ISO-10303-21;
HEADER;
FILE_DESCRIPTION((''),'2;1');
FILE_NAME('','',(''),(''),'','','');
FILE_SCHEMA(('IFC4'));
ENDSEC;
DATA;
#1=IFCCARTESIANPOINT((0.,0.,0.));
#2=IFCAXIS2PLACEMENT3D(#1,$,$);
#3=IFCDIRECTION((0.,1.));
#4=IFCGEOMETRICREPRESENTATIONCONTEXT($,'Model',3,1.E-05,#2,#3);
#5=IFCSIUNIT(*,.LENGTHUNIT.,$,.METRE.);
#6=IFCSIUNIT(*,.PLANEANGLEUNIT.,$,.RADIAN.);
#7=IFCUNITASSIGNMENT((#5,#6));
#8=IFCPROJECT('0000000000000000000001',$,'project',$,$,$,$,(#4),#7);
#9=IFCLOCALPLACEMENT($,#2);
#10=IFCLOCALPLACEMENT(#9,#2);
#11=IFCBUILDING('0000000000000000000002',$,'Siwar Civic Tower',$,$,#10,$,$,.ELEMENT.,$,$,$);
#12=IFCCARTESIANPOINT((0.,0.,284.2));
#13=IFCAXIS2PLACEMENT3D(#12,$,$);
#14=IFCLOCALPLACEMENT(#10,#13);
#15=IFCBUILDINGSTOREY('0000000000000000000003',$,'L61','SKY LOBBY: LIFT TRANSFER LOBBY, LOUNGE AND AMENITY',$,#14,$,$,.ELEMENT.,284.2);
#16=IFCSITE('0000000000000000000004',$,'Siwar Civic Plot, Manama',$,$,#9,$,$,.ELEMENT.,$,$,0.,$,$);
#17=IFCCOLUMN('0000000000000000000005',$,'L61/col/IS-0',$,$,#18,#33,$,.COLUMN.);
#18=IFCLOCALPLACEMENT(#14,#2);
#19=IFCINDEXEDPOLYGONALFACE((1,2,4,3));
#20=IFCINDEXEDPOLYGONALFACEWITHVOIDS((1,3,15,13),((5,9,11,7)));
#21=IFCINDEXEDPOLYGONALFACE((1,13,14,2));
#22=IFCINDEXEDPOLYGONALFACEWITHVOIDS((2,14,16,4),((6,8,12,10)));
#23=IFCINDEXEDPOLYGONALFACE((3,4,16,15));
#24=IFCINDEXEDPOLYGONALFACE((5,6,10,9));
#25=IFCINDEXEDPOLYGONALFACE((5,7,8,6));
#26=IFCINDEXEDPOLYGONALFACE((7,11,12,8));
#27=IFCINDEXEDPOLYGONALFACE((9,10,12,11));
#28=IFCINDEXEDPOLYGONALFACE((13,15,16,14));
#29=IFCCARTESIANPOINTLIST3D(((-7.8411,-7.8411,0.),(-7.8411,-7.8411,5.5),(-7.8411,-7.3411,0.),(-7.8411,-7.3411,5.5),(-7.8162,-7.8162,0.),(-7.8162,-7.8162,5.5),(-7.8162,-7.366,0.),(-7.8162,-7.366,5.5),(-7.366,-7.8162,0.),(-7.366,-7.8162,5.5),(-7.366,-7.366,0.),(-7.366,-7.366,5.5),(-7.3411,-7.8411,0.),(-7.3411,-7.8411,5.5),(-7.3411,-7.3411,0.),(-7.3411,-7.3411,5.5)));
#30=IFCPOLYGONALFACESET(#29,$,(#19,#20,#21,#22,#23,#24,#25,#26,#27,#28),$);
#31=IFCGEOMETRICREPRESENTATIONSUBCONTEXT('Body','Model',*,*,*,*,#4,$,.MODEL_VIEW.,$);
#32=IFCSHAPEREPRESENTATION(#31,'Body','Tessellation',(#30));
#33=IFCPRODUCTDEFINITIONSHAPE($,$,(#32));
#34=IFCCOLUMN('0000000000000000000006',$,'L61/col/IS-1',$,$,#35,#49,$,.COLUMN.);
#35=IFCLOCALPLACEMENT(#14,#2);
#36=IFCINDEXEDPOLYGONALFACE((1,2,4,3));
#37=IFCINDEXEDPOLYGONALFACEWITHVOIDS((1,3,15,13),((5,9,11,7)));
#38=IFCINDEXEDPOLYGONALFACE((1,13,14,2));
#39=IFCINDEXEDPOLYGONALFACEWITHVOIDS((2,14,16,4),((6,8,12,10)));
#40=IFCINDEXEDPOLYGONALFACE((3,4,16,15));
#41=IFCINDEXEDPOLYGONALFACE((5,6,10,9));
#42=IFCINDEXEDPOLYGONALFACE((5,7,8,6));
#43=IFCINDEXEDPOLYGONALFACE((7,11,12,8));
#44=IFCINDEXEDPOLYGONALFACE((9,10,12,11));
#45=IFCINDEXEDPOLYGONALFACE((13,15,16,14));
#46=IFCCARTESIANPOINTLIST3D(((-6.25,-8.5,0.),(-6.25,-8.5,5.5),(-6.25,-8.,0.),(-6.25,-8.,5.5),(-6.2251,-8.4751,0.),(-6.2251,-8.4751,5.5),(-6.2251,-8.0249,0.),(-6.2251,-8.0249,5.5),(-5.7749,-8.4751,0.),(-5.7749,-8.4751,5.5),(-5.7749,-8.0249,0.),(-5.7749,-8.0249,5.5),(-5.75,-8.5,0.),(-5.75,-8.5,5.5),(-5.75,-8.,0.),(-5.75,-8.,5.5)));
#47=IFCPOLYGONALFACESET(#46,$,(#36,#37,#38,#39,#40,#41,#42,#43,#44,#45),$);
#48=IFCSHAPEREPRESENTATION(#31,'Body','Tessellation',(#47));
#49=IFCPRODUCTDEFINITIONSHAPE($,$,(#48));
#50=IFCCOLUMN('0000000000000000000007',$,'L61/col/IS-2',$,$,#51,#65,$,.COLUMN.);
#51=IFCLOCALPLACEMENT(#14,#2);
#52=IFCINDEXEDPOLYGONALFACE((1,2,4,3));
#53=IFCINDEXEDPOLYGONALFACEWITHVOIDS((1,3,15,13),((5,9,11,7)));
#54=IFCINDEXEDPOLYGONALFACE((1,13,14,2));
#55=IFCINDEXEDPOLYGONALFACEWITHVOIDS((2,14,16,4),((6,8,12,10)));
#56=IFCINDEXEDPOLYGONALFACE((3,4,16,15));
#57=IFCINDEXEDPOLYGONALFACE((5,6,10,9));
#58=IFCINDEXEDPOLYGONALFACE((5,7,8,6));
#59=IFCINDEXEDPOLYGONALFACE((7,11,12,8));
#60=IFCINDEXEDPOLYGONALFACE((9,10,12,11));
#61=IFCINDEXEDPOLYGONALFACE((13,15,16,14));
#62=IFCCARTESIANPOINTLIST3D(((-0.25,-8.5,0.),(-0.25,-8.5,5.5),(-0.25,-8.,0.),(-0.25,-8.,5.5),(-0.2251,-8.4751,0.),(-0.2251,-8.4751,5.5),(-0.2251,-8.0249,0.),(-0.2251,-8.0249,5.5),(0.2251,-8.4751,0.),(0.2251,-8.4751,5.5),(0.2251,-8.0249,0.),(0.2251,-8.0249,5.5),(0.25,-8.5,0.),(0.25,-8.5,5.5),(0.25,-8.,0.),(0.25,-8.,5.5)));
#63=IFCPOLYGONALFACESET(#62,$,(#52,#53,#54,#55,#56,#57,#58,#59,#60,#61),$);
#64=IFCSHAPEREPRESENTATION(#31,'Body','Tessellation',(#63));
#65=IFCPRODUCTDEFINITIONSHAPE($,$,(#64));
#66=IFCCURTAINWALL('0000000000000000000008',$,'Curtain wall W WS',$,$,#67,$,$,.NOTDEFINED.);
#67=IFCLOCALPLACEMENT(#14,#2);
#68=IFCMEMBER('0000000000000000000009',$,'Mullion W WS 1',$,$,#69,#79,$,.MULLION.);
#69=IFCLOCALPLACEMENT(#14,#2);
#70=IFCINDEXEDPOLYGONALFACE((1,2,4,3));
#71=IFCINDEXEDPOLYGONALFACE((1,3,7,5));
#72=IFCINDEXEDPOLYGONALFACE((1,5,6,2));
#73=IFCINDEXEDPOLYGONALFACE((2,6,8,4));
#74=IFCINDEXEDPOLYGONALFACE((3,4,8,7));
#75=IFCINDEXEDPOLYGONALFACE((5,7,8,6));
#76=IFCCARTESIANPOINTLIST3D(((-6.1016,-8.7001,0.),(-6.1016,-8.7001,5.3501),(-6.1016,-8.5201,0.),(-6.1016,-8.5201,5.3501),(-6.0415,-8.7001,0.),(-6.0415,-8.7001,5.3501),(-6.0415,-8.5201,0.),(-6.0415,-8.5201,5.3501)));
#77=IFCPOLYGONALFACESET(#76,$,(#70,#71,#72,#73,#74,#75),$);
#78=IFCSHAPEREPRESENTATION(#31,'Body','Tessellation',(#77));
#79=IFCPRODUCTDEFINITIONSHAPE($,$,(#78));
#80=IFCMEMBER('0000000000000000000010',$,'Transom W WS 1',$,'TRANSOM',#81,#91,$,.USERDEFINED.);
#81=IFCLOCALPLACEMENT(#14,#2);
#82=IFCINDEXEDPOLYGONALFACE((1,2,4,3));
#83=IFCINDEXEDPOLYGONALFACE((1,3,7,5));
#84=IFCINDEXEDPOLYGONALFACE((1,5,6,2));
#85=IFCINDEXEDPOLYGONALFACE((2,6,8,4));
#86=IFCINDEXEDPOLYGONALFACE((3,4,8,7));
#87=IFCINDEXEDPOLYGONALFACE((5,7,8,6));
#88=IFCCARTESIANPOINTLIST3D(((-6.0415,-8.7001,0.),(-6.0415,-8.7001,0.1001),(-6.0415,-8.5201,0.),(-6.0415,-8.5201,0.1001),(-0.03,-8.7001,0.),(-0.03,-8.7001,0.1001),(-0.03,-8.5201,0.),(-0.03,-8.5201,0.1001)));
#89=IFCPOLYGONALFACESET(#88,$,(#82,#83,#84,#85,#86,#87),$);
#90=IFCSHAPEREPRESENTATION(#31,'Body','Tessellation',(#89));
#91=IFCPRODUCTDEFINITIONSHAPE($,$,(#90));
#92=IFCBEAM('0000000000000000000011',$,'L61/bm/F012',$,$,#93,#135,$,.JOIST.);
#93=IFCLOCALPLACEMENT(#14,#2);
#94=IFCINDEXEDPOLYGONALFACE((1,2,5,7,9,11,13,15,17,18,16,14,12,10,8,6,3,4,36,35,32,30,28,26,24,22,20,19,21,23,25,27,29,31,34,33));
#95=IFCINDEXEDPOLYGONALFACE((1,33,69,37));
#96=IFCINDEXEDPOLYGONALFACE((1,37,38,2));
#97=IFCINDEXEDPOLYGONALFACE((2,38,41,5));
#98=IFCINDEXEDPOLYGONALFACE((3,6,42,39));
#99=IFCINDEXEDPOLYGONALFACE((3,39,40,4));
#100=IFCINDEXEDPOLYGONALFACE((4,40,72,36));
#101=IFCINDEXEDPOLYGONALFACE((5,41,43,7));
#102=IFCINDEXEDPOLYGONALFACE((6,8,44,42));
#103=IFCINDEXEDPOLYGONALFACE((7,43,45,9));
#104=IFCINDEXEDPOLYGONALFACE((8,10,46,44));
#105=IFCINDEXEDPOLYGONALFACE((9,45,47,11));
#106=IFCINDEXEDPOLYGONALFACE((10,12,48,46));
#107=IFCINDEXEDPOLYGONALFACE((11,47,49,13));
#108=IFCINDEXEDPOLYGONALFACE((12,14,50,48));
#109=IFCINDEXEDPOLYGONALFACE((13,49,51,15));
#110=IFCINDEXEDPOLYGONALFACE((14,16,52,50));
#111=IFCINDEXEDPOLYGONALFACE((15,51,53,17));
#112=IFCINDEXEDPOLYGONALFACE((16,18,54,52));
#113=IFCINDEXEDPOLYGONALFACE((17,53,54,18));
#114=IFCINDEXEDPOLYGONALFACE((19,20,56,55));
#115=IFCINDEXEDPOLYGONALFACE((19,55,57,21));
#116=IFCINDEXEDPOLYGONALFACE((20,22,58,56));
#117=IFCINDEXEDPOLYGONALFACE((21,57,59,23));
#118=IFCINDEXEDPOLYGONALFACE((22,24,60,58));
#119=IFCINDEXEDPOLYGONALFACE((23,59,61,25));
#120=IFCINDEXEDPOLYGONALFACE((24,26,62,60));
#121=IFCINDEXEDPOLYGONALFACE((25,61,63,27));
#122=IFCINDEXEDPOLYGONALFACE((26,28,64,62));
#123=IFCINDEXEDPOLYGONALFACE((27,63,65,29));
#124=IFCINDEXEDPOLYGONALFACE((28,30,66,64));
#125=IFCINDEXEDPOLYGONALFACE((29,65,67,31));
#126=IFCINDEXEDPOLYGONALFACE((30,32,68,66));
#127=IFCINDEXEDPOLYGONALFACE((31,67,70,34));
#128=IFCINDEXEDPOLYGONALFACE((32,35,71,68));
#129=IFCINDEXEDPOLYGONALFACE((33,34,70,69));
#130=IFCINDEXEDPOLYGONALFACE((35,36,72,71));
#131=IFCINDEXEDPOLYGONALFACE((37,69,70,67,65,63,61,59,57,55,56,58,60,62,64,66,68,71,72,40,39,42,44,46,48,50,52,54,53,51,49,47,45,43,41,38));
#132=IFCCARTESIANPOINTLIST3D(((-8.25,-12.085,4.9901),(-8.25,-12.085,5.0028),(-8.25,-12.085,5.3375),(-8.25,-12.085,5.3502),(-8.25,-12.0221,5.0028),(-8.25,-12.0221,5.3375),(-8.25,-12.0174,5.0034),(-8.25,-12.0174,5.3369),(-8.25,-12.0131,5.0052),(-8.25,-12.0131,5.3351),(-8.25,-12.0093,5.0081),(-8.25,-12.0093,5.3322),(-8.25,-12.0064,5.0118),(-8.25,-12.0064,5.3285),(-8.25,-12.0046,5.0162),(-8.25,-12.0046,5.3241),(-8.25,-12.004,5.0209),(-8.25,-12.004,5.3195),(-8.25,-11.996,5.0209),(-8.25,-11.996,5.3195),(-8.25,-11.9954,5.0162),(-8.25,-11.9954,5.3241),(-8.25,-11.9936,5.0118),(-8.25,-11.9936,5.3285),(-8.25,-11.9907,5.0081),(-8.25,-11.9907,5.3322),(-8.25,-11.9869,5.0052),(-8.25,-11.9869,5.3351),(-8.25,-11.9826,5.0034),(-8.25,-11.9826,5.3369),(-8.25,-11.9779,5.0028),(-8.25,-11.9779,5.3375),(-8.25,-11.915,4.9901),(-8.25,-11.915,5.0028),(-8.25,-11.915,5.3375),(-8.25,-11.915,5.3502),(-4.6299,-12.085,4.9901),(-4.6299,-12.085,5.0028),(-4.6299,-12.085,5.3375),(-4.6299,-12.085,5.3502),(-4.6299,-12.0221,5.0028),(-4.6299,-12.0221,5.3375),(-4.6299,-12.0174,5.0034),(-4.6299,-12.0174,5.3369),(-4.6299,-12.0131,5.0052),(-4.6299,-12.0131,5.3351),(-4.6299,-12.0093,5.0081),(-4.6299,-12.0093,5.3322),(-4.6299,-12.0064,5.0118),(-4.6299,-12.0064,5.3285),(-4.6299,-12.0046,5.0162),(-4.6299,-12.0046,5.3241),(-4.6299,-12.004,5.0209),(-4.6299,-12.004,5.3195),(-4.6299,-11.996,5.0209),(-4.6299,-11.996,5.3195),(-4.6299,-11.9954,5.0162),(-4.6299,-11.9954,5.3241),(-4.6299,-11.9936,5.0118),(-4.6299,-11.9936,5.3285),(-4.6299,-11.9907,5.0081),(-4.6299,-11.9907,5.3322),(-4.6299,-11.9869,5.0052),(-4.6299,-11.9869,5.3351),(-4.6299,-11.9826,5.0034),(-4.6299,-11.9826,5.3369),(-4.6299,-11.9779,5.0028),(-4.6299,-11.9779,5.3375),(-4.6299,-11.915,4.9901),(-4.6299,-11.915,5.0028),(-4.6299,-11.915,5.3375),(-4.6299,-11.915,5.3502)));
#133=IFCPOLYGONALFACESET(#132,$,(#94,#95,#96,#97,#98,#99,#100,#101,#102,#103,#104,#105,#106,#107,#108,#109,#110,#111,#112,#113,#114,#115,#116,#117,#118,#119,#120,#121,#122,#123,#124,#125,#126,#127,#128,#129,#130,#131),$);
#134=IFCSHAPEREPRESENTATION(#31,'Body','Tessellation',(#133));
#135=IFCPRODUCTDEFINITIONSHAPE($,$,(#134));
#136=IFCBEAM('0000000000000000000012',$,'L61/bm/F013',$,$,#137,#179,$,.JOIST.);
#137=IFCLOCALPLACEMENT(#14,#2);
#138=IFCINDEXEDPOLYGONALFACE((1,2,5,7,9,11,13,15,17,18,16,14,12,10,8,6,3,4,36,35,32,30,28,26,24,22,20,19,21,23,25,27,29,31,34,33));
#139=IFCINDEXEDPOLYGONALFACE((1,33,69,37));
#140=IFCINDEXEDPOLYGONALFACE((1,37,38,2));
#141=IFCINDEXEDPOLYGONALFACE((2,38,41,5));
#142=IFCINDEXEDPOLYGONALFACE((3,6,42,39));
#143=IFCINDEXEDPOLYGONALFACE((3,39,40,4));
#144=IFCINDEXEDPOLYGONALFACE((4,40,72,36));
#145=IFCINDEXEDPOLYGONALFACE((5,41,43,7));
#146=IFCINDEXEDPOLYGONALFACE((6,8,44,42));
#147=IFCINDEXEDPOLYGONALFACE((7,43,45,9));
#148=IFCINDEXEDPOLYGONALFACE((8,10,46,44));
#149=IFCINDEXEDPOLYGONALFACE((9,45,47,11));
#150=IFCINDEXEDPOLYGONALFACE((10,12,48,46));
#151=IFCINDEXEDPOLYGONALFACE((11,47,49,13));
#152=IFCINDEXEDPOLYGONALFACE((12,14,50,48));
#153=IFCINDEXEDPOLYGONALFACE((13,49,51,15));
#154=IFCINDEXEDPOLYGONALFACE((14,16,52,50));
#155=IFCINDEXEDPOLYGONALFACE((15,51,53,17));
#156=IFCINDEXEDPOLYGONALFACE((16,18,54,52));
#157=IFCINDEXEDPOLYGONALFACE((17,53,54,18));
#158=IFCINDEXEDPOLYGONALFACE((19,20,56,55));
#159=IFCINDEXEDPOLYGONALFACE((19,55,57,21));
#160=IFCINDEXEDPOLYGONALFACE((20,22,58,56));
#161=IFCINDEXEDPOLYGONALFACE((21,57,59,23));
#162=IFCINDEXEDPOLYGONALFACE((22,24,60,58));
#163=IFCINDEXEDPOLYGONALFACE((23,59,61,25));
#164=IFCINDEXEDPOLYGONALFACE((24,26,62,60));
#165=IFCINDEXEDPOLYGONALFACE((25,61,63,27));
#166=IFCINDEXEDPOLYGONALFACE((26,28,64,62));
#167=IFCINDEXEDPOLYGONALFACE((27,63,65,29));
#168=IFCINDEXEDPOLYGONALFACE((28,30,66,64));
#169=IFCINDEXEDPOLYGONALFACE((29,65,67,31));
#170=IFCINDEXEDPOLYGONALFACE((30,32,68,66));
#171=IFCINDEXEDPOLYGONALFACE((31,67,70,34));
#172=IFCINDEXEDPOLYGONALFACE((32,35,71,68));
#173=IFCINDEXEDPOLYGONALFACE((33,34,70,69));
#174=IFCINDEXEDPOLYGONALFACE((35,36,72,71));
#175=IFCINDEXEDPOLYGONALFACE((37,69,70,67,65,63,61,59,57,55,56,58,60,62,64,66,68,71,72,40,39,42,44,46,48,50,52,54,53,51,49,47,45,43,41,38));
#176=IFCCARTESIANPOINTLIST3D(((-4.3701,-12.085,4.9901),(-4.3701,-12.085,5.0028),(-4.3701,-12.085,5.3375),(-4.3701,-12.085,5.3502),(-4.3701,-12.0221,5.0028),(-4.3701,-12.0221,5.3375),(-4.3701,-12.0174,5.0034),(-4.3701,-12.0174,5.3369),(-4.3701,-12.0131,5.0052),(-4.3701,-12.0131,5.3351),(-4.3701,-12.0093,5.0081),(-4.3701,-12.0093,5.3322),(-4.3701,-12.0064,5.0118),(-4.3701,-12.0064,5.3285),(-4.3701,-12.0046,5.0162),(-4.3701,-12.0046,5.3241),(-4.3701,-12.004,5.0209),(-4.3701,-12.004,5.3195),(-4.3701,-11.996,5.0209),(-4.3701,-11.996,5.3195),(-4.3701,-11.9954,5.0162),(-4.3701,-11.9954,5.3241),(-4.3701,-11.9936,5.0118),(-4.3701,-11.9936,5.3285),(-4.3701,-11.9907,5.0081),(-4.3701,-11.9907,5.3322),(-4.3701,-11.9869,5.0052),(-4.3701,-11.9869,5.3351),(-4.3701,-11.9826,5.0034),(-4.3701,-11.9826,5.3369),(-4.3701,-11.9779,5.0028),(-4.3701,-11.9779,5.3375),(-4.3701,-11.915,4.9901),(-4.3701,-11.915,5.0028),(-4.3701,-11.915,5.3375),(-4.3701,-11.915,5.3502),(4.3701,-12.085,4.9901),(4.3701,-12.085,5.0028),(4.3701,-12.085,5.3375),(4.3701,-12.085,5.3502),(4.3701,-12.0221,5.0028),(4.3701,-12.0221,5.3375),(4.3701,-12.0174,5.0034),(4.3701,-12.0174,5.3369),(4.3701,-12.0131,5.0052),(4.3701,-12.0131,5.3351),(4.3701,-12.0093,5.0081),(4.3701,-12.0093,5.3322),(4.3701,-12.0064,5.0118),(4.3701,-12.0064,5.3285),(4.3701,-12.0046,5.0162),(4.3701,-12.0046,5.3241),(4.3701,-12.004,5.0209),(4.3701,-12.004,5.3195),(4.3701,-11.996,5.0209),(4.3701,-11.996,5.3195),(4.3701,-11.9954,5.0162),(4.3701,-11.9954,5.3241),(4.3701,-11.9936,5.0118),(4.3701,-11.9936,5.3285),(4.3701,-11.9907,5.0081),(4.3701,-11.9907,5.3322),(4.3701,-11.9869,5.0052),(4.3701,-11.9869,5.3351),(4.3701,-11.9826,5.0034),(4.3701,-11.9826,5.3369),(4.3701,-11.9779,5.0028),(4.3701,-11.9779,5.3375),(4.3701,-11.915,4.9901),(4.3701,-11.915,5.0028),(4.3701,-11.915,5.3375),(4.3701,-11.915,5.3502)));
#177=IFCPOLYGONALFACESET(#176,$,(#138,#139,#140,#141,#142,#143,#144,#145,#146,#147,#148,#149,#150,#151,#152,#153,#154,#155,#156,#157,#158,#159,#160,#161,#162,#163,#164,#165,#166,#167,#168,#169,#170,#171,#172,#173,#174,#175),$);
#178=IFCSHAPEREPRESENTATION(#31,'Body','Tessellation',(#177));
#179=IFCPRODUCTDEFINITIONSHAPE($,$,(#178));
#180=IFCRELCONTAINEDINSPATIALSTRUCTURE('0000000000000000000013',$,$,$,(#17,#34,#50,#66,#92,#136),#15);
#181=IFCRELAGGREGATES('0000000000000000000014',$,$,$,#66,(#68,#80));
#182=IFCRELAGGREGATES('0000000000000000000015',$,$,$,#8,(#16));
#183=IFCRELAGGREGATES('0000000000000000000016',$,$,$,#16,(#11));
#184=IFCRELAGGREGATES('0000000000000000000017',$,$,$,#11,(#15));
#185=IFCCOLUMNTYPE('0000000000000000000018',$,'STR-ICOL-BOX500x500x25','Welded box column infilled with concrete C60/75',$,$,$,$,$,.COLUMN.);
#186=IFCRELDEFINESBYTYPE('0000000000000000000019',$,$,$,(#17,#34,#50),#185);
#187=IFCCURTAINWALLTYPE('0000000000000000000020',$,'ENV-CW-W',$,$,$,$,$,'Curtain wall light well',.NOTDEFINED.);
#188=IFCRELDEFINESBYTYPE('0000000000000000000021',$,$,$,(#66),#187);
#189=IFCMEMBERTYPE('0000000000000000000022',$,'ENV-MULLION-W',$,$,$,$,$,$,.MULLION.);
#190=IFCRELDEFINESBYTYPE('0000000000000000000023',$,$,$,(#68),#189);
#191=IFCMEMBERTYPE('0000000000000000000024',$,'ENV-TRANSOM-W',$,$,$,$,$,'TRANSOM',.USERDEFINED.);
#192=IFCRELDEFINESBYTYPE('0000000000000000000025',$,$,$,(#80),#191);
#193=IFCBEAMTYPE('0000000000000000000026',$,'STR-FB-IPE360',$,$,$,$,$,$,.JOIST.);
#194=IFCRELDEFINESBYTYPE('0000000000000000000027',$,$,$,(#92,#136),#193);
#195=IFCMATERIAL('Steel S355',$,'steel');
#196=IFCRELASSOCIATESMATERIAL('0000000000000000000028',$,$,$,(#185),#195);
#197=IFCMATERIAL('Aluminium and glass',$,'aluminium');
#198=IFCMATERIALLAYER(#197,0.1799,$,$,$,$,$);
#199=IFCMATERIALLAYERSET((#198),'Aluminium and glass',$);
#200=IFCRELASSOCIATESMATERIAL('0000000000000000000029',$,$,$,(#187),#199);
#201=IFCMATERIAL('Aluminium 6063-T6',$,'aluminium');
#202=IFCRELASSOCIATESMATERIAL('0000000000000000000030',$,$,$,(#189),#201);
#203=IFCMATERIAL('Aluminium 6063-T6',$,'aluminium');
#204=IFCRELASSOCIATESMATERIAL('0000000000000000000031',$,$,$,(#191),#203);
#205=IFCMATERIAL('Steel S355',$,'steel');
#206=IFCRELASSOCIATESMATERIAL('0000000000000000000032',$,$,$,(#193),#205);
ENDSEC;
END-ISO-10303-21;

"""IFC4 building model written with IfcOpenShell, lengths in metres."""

from ifc_helpers import new_model, si_unit, direction, frame, origin, origin_2d, place, context, subcontext, project, spatial, rectangle, hollow_rectangle, i_section, extrude, material, layer, layer_set, material_profile, profile_set, type_object, element, aggregate, save


model = new_model("IFC4")

# Units and contexts
model_context = context("Model", 3, precision=1e-05, world=origin(), true_north=direction((0.0, 1.0)))
body_context = subcontext(model_context, "Body", "Model", "MODEL_VIEW")
ifc_project = project(units=[si_unit("LENGTHUNIT", "METRE"), si_unit("PLANEANGLEUNIT", "RADIAN")], contexts=[model_context])

# Site, building, storey
site_placement = place(None, origin())
site = spatial("IfcSite", under=ifc_project, at=site_placement, Name="Siwar Civic Plot, Manama", CompositionType="ELEMENT", RefElevation=0.0)
building_placement = place(site_placement, origin())
building = spatial("IfcBuilding", under=site, at=building_placement, Name="Siwar Civic Tower", CompositionType="ELEMENT")
storey_placement = place(building_placement, frame((0.0, 0.0, 284.2)))
storey = spatial("IfcBuildingStorey", under=building, at=storey_placement, Name="L61", Description="SKY LOBBY: LIFT TRANSFER LOBBY, LOUNGE AND AMENITY", CompositionType="ELEMENT", Elevation=284.2)

# Columns
ifc_material_1 = material(Name="Steel S355", Category="steel")
ifc_material_profile_1 = material_profile(ifc_material_1, hollow_rectangle(XDim=0.5, YDim=0.5, WallThickness=0.0249, at=origin_2d()), Name="BOX500x500x25")
ifc_profile_set_1 = profile_set([ifc_material_profile_1], Name="Steel S355")
column_type = type_object("IfcColumnType", Name="STR-ICOL-BOX500x500x25", Description="Welded box column infilled with concrete C60/75", PredefinedType="COLUMN", material=ifc_profile_set_1)
for number, where, z_axis, x_axis, name in (
    (1, (-7.5911, -7.5911, 0.0), (0.0, 0.0, 1.0), (1.0, 0.0, 0.0), "L61/col/IS-0"),
    (2, (-6.0, -8.25, 0.0), (0.0, 0.0, 1.0), (1.0, 0.0, 0.0), "L61/col/IS-1"),
    (3, (0.0, -8.25, 0.0), (0.0, 0.0, 1.0), (1.0, 0.0, 0.0), "L61/col/IS-2"),
):
    element("IfcColumn", number, at=place(storey_placement, frame(where, z_axis=z_axis, x_axis=x_axis)), inside=storey, type_object=column_type, Name=name, PredefinedType="COLUMN", context=body_context, shape_type="SweptSolid", body=[
        extrude(hollow_rectangle(XDim=0.5, YDim=0.5, WallThickness=0.0249, at=origin_2d()), origin(), (0.0, 0.0, 1.0), 5.5),
    ])

# Curtain wall, members
ifc_material_2 = material(Name="Aluminium and glass", Category="aluminium")
ifc_layer_1 = layer(ifc_material_2, 0.1799)
ifc_layer_set_1 = layer_set([ifc_layer_1], Name="Aluminium and glass")
curtain_wall_type = type_object("IfcCurtainWallType", Name="ENV-CW-W", ElementType="Curtain wall light well", PredefinedType="NOTDEFINED", material=ifc_layer_set_1)
curtain_wall_placement = place(storey_placement, origin())
curtain_wall = element("IfcCurtainWall", 4, at=curtain_wall_placement, inside=storey, type_object=curtain_wall_type, Name="Curtain wall W WS", PredefinedType="NOTDEFINED")
ifc_material_3 = material(Name="Aluminium 6063-T6", Category="aluminium")
ifc_material_profile_2 = material_profile(ifc_material_3, rectangle(XDim=0.1799, YDim=0.0601, at=origin_2d()), Name="AL 180x60")
ifc_profile_set_2 = profile_set([ifc_material_profile_2], Name="Aluminium 6063-T6")
member_type_1 = type_object("IfcMemberType", Name="ENV-MULLION-W", PredefinedType="MULLION", material=ifc_profile_set_2)
member_1_placement = place(storey_placement, frame((-6.0715, -8.6101, 0.0), z_axis=(0.0, 0.0, 1.0), x_axis=(0.0, 1.0, 0.0)))
member_1 = element("IfcMember", 5, at=member_1_placement, type_object=member_type_1, Name="Mullion W WS 1", PredefinedType="MULLION", context=body_context, shape_type="SweptSolid", body=[
    extrude(rectangle(XDim=0.1799, YDim=0.0601, at=origin_2d()), origin(), (0.0, 0.0, 1.0), 5.3501),
])
ifc_material_4 = material(Name="Aluminium 6063-T6", Category="aluminium")
ifc_material_profile_3 = material_profile(ifc_material_4, rectangle(XDim=0.1799, YDim=0.1001, at=origin_2d()), Name="AL 180x100")
ifc_profile_set_3 = profile_set([ifc_material_profile_3], Name="Aluminium 6063-T6")
member_type_2 = type_object("IfcMemberType", Name="ENV-TRANSOM-W", ElementType="TRANSOM", PredefinedType="USERDEFINED", material=ifc_profile_set_3)
member_2_placement = place(storey_placement, frame((-6.0415, -8.6101, 0.05), z_axis=(1.0, 0.0, 0.0), x_axis=(0.0, 1.0, 0.0)))
member_2 = element("IfcMember", 6, at=member_2_placement, type_object=member_type_2, Name="Transom W WS 1", ObjectType="TRANSOM", PredefinedType="USERDEFINED", context=body_context, shape_type="SweptSolid", body=[
    extrude(rectangle(XDim=0.1799, YDim=0.1001, at=origin_2d()), origin(), (0.0, 0.0, 1.0), 6.0115),
])

# Beams
ifc_material_5 = material(Name="Steel S355", Category="steel")
ifc_material_profile_4 = material_profile(ifc_material_5, i_section(OverallWidth=0.1699, OverallDepth=0.3601, WebThickness=0.0081, FlangeThickness=0.0127, FilletRadius=0.0181, at=origin_2d()), Name="IPE360")
ifc_profile_set_4 = profile_set([ifc_material_profile_4], Name="Steel S355")
beam_type_1 = type_object("IfcBeamType", Name="STR-FB-IPE360", PredefinedType="JOIST", material=ifc_profile_set_4)
beam_1_placement = place(storey_placement, frame((-8.25, -12.0, 5.1702), z_axis=(1.0, 0.0, 0.0), x_axis=(0.0, 1.0, 0.0)))
element("IfcBeam", 7, at=beam_1_placement, inside=storey, type_object=beam_type_1, Name="L61/bm/F012", PredefinedType="JOIST", context=body_context, shape_type="SweptSolid", body=[
    extrude(i_section(OverallWidth=0.1699, OverallDepth=0.3601, WebThickness=0.0081, FlangeThickness=0.0127, FilletRadius=0.0181, at=origin_2d()), origin(), (0.0, 0.0, 1.0), 3.6201),
])
beam_2_placement = place(storey_placement, frame((-4.3701, -12.0, 5.1702), z_axis=(1.0, 0.0, 0.0), x_axis=(0.0, 1.0, 0.0)))
element("IfcBeam", 8, at=beam_2_placement, inside=storey, type_object=beam_type_1, Name="L61/bm/F013", PredefinedType="JOIST", context=body_context, shape_type="SweptSolid", body=[
    extrude(i_section(OverallWidth=0.1699, OverallDepth=0.3601, WebThickness=0.0081, FlangeThickness=0.0127, FilletRadius=0.0181, at=origin_2d()), origin(), (0.0, 0.0, 1.0), 8.7402),
])

aggregate(curtain_wall, [member_1, member_2])

save(model, "model.ifc")
